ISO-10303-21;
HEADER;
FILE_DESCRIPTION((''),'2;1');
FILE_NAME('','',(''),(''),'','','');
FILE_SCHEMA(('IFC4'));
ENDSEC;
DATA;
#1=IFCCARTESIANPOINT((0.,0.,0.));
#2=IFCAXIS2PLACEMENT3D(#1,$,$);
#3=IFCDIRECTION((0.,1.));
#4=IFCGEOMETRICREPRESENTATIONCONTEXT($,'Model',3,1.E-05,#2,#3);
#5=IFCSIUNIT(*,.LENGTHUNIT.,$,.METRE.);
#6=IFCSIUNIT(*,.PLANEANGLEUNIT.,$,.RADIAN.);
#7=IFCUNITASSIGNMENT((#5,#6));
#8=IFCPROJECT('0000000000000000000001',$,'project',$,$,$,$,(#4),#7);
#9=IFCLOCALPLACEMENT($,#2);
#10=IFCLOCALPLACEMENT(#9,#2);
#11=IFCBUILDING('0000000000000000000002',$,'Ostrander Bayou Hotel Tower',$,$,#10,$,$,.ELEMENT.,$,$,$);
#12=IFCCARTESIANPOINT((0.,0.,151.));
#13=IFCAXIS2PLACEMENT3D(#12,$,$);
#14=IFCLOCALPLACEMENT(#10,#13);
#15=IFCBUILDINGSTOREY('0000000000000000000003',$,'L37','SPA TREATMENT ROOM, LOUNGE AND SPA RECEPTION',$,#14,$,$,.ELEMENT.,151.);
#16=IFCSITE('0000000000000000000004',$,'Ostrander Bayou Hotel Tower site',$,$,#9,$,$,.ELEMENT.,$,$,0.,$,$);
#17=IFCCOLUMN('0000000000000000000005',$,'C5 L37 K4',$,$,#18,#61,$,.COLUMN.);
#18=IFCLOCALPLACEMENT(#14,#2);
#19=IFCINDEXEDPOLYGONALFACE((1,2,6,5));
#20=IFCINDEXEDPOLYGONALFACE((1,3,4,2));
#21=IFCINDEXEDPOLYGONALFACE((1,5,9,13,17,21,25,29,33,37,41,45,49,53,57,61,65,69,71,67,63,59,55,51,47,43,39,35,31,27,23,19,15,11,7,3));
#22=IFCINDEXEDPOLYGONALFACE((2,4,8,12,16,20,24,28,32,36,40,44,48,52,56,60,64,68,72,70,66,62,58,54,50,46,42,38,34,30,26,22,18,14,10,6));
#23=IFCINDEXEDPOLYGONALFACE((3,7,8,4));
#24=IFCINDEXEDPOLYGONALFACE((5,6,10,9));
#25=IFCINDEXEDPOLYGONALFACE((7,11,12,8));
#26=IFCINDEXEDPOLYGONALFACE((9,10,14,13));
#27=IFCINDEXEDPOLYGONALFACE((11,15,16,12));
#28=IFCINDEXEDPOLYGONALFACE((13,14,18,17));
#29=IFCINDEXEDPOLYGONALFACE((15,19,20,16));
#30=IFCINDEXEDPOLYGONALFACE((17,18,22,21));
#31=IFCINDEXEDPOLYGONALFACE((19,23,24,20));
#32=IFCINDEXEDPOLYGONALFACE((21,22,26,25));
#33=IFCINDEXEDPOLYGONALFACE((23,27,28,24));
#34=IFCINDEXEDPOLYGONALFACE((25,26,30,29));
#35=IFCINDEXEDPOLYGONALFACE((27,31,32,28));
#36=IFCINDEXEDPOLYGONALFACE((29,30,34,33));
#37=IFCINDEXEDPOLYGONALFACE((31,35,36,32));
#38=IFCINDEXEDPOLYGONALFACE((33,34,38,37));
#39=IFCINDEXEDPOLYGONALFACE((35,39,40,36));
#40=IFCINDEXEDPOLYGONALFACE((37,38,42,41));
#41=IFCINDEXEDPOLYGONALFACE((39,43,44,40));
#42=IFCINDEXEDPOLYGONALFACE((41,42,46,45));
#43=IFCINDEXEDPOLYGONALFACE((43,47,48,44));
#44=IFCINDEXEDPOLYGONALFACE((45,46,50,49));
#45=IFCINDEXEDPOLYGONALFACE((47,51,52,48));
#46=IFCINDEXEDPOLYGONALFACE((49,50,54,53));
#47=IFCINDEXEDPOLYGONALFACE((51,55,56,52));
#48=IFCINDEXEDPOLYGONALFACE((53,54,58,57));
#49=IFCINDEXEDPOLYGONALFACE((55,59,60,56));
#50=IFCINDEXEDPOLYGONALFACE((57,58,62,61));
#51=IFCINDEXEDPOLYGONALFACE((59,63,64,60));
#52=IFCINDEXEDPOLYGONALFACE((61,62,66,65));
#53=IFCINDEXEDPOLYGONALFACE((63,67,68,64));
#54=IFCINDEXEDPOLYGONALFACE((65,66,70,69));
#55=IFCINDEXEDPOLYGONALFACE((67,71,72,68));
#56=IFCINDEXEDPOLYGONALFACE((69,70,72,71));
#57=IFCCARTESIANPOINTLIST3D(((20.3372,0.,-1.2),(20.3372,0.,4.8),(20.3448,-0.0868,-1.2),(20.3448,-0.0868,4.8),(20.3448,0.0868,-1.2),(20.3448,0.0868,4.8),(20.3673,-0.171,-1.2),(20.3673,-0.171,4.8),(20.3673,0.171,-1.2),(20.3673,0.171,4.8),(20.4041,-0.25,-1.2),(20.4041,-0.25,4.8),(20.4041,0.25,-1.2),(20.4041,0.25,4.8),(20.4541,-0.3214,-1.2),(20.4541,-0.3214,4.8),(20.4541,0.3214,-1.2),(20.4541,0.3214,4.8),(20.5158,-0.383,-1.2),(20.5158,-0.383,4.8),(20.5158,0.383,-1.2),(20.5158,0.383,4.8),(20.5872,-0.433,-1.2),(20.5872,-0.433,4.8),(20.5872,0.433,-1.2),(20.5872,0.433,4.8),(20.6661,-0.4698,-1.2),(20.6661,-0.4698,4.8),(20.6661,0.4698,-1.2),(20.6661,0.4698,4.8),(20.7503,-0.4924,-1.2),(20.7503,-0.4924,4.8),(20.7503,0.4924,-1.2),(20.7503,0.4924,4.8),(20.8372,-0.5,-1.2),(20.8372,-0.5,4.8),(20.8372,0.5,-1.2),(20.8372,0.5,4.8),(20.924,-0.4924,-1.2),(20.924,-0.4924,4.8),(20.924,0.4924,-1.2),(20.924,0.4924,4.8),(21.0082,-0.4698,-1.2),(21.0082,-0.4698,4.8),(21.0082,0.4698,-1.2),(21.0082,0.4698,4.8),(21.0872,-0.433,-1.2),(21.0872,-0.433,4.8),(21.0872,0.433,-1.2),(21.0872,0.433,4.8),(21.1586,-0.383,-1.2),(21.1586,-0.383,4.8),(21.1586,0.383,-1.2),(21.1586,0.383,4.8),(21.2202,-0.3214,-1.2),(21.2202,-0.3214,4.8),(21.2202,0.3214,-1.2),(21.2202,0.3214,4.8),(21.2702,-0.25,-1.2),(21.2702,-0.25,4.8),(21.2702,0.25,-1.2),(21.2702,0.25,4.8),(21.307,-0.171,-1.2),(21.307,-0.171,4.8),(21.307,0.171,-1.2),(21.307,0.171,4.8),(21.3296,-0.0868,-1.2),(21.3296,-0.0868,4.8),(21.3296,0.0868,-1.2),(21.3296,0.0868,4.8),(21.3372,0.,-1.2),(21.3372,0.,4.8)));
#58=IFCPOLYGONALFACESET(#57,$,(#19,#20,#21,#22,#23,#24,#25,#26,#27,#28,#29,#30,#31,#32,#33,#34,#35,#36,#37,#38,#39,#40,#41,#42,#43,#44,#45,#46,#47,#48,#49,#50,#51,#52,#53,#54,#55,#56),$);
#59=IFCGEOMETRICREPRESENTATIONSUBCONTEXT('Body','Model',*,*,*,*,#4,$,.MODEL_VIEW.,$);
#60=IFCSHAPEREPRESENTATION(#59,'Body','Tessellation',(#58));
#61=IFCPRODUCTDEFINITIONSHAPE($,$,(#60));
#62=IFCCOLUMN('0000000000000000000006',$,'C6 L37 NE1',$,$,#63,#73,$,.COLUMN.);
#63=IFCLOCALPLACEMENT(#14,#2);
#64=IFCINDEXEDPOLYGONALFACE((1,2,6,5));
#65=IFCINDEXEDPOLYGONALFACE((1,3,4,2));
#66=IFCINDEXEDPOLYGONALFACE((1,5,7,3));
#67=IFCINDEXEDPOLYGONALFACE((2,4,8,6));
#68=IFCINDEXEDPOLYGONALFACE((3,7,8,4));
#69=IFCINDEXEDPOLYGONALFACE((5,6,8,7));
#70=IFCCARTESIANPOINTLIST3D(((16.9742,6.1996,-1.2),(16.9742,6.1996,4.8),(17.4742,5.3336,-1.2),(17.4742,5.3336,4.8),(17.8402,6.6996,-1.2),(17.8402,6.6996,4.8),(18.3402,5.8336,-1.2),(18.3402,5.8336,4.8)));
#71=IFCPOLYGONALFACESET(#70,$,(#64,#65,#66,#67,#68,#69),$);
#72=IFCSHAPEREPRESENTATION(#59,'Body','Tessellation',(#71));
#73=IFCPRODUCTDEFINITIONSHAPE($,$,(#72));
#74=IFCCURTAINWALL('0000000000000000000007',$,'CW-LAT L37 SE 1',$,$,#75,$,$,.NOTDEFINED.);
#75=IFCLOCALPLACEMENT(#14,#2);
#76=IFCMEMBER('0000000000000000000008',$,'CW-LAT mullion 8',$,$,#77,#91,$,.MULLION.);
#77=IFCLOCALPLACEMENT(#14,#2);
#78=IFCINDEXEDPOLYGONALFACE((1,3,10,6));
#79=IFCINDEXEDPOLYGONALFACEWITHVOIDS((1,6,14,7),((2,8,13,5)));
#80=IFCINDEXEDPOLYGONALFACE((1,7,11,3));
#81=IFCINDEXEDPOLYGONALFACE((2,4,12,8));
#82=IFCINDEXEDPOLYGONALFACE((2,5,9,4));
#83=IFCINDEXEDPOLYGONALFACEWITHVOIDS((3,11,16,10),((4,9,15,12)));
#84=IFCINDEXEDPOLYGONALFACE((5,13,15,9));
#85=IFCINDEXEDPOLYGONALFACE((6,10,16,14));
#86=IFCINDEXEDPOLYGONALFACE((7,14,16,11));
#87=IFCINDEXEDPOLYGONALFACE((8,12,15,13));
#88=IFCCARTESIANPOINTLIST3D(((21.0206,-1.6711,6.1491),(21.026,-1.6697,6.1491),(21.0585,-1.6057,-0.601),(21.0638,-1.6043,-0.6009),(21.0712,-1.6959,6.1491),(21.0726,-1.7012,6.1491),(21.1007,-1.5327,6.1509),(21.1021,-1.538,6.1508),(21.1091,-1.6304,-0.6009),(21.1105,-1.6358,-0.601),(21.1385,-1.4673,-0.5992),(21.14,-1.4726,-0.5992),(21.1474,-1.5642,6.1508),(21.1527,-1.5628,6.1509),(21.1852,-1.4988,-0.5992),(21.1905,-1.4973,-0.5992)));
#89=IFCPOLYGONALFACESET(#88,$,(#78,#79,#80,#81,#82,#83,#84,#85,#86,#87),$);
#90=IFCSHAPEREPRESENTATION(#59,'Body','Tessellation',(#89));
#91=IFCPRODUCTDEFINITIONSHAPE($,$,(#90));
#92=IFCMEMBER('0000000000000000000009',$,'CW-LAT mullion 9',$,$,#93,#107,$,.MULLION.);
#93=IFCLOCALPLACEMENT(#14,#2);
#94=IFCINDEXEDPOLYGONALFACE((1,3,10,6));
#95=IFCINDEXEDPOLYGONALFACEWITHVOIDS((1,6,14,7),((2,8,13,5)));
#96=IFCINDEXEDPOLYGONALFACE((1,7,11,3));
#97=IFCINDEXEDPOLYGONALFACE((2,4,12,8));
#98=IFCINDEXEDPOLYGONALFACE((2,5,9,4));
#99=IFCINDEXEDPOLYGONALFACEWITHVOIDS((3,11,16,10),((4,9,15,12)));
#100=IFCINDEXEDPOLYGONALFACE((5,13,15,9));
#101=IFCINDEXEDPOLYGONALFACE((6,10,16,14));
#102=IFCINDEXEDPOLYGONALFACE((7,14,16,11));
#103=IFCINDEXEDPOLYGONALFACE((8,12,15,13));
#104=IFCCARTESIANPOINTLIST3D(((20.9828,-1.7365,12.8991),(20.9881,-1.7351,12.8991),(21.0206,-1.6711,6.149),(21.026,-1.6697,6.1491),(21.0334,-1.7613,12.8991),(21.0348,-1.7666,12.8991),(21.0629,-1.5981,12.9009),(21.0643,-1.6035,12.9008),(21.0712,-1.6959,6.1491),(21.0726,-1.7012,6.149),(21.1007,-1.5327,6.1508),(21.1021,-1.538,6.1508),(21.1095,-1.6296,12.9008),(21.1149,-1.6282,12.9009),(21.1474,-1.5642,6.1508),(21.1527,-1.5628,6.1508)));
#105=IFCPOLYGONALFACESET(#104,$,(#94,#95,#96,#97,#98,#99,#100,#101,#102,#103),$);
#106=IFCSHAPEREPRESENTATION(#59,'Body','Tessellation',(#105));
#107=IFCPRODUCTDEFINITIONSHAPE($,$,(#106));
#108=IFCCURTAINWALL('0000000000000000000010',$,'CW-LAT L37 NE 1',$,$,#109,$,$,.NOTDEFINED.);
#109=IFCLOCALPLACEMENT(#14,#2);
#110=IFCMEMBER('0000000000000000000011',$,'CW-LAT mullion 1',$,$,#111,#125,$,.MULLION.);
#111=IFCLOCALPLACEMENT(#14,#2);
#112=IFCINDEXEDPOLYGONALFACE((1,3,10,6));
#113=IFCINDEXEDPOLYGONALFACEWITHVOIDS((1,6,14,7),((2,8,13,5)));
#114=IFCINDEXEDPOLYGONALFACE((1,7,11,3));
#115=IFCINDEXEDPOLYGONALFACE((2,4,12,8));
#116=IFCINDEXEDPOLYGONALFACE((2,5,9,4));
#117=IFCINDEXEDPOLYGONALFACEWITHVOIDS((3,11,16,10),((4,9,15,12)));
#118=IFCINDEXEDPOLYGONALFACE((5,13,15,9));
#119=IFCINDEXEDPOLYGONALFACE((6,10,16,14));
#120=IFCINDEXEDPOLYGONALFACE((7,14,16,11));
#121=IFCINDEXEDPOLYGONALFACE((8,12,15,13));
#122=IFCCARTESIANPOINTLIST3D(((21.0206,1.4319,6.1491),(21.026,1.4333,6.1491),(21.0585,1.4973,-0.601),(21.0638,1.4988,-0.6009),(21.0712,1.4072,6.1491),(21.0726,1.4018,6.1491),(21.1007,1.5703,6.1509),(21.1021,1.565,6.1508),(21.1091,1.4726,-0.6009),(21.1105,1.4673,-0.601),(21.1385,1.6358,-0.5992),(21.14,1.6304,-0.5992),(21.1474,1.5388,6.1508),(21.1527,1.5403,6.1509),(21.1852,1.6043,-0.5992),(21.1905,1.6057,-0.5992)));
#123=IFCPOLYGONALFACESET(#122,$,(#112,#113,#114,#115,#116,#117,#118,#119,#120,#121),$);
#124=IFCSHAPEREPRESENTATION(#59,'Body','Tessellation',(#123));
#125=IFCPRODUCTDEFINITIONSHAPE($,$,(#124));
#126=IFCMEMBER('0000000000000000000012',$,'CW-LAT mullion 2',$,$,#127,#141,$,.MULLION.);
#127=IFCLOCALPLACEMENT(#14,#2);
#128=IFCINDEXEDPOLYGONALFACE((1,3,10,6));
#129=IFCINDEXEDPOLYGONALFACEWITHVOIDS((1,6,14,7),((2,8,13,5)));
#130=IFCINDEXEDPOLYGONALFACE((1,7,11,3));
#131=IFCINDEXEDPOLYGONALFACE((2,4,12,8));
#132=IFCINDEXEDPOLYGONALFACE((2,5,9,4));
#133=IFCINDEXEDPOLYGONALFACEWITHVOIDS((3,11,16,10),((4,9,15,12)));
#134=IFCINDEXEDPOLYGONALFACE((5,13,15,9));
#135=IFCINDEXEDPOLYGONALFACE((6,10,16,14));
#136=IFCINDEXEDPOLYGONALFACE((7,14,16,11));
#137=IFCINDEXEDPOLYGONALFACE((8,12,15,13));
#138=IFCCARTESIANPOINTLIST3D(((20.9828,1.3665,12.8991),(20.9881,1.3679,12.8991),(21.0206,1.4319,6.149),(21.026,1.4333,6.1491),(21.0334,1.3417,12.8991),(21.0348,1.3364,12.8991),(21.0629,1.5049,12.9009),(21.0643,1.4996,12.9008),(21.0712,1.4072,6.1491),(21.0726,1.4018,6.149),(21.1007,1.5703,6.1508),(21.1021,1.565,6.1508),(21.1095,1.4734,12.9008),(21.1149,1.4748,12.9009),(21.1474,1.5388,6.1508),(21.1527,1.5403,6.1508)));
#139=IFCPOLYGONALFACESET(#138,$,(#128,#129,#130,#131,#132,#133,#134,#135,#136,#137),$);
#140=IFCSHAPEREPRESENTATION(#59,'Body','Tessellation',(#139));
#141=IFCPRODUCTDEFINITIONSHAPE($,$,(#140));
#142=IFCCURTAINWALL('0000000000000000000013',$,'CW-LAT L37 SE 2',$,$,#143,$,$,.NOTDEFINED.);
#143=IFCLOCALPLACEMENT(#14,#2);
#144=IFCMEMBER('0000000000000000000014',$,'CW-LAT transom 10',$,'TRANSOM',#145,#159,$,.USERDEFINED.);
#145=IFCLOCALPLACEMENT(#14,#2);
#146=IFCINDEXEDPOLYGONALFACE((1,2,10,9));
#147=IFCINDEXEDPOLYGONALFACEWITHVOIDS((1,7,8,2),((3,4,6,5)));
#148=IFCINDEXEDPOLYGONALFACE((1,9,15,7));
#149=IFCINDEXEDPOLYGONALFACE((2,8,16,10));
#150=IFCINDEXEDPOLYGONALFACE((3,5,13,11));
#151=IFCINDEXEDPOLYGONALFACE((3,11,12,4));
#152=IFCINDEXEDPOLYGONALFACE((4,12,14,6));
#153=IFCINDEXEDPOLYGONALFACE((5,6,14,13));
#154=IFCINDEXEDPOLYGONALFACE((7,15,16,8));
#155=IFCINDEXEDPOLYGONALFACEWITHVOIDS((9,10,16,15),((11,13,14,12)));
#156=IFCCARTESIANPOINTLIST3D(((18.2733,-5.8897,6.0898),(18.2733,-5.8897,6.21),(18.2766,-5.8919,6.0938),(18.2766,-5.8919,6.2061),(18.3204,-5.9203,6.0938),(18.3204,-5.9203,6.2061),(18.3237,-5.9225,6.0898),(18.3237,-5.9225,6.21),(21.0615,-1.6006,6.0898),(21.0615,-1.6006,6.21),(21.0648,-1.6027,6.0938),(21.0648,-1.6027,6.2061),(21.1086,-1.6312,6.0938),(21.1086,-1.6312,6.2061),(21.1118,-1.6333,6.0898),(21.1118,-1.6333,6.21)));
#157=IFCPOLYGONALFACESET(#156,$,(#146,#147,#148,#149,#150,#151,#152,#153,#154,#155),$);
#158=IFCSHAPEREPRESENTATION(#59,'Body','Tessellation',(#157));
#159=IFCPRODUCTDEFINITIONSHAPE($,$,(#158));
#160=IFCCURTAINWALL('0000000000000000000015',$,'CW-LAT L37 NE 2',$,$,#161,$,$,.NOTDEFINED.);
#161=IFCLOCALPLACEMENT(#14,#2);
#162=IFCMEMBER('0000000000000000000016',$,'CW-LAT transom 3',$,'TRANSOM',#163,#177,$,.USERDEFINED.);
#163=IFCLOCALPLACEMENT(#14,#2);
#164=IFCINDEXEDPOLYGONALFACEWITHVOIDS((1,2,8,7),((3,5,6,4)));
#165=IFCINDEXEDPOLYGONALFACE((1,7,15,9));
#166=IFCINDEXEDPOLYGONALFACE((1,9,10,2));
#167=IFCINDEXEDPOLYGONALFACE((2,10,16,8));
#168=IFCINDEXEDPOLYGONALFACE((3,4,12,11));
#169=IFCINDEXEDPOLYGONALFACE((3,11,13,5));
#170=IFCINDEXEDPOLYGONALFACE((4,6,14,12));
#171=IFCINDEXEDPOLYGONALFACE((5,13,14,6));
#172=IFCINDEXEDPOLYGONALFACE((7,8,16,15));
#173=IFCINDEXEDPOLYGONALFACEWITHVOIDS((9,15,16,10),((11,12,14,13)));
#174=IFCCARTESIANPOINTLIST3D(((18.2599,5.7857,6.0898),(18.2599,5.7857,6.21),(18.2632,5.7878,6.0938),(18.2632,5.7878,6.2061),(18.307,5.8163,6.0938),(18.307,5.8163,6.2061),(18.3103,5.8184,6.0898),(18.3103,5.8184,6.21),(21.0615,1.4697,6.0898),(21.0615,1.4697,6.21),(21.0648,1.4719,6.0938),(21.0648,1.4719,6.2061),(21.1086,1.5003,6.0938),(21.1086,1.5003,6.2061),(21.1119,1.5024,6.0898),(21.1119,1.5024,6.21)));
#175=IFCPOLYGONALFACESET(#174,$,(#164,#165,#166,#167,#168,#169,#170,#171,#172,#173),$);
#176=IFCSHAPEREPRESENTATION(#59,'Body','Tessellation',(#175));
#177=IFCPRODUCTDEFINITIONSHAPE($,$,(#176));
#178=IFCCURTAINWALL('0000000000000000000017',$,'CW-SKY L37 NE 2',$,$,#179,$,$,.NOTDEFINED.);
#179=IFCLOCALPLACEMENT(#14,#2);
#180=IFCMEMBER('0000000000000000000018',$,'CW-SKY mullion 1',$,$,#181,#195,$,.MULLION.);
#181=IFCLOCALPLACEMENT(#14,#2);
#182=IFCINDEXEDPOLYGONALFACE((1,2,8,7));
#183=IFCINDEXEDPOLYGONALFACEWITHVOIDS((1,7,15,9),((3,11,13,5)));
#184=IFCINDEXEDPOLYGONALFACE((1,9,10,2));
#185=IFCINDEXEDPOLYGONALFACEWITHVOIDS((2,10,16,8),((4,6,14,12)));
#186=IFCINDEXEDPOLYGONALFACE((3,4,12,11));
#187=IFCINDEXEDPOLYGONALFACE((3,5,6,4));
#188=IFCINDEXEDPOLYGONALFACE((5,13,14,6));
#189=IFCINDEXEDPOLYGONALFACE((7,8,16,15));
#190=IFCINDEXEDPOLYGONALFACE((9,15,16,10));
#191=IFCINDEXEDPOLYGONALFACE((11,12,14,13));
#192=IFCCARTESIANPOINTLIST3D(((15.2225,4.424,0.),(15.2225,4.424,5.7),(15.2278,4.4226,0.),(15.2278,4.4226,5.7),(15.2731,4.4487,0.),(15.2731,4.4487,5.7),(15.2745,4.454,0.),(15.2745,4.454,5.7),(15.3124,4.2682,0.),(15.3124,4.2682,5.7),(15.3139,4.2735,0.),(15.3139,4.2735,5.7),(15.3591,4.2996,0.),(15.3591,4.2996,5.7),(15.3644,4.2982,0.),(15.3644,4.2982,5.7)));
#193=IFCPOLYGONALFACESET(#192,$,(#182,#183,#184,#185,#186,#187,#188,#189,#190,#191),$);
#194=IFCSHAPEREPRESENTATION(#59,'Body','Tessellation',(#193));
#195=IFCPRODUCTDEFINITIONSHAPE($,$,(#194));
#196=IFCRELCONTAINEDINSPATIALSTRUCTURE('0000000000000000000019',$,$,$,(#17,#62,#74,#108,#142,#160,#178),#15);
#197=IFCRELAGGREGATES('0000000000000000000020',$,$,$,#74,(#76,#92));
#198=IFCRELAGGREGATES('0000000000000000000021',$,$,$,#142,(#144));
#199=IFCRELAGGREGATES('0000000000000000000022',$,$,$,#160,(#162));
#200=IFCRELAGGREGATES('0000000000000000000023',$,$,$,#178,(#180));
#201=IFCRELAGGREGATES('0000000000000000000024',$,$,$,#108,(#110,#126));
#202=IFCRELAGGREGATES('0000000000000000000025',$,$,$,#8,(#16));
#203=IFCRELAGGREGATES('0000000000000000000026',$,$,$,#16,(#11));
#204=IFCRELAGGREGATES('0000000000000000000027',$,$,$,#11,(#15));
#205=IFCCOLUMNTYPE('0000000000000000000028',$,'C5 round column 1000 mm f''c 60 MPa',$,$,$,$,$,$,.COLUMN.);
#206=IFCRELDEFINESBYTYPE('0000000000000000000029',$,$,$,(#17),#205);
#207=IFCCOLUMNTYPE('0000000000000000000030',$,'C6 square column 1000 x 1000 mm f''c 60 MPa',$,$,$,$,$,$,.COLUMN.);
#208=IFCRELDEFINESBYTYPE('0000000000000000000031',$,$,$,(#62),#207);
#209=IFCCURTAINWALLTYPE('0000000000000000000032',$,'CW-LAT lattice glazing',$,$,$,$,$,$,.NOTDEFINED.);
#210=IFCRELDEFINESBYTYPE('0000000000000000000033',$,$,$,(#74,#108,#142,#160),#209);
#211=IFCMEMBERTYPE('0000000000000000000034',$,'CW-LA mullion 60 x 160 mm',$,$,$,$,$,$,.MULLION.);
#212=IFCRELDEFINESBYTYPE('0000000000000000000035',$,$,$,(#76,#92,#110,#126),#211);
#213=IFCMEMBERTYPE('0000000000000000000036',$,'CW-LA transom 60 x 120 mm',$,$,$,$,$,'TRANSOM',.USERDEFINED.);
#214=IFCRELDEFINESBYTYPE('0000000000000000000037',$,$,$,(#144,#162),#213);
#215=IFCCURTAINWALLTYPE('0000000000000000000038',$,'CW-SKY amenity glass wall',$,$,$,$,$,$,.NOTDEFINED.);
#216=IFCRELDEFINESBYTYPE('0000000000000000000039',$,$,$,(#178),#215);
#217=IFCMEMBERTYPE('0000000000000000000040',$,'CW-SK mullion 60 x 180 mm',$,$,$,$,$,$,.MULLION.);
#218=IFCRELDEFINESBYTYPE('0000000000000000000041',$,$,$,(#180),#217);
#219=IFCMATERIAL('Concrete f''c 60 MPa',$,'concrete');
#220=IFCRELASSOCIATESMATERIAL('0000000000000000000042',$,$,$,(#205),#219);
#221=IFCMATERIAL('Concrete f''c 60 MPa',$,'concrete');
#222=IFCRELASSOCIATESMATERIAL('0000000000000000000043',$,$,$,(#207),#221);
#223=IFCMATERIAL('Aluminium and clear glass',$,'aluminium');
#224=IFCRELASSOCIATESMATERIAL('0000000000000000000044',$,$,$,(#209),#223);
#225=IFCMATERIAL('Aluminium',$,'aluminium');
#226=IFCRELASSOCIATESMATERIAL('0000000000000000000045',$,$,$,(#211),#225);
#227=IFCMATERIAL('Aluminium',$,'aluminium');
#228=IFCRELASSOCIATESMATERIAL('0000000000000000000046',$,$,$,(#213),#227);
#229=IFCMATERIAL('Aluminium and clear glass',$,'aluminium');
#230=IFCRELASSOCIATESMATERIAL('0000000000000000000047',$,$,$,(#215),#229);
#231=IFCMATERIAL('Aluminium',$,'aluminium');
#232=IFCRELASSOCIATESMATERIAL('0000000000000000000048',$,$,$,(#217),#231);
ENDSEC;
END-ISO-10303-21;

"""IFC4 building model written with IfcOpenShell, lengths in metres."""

from ifc_helpers import new_model, si_unit, direction, frame, origin, origin_2d, place, context, subcontext, project, spatial, rectangle, hollow_rectangle, circle, extrude, material, material_profile, profile_set, type_object, element, aggregate, save


model = new_model("IFC4")

# Units and contexts
model_context = context("Model", 3, precision=1e-05, world=origin(), true_north=direction((0.0, 1.0)))
body_context = subcontext(model_context, "Body", "Model", "MODEL_VIEW")
ifc_project = project(units=[si_unit("LENGTHUNIT", "METRE"), si_unit("PLANEANGLEUNIT", "RADIAN")], contexts=[model_context])

# Site, building, storey
site_placement = place(None, origin())
site = spatial("IfcSite", under=ifc_project, at=site_placement, Name="Ostrander Bayou Hotel Tower site", CompositionType="ELEMENT", RefElevation=0.0)
building_placement = place(site_placement, origin())
building = spatial("IfcBuilding", under=site, at=building_placement, Name="Ostrander Bayou Hotel Tower", CompositionType="ELEMENT")
storey_placement = place(building_placement, frame((0.0, 0.0, 151.0)))
storey = spatial("IfcBuildingStorey", under=building, at=storey_placement, Name="L37", Description="SPA TREATMENT ROOM, LOUNGE AND SPA RECEPTION", CompositionType="ELEMENT", Elevation=151.0)

# Columns
ifc_material_1 = material(Name="Concrete f'c 60 MPa", Category="concrete")
ifc_material_profile_1 = material_profile(ifc_material_1, circle(Radius=0.5, at=origin_2d()))
ifc_profile_set_1 = profile_set([ifc_material_profile_1], Name="Concrete f'c 60 MPa")
column_type_1 = type_object("IfcColumnType", Name="C5 round column 1000 mm f'c 60 MPa", PredefinedType="COLUMN", material=ifc_profile_set_1)
column_1_placement = place(storey_placement, frame((20.8372, 0.0, -1.2), z_axis=(0.0, 0.0, 1.0), x_axis=(1.0, 0.0, 0.0)))
element("IfcColumn", 1, at=column_1_placement, inside=storey, type_object=column_type_1, Name="C5 L37 K4", PredefinedType="COLUMN", context=body_context, shape_type="SweptSolid", body=[
    extrude(circle(Radius=0.5, at=origin_2d()), origin(), (0.0, 0.0, 1.0), 6.0),
])
ifc_material_2 = material(Name="Concrete f'c 60 MPa", Category="concrete")
ifc_material_profile_2 = material_profile(ifc_material_2, rectangle(XDim=1.0, YDim=1.0, at=origin_2d()))
ifc_profile_set_2 = profile_set([ifc_material_profile_2], Name="Concrete f'c 60 MPa")
column_type_2 = type_object("IfcColumnType", Name="C6 square column 1000 x 1000 mm f'c 60 MPa", PredefinedType="COLUMN", material=ifc_profile_set_2)
column_2_placement = place(storey_placement, frame((17.6572, 6.0166, -1.2), z_axis=(0.0, 0.0, 1.0), x_axis=(0.5, -0.866025, 0.0)))
element("IfcColumn", 2, at=column_2_placement, inside=storey, type_object=column_type_2, Name="C6 L37 NE1", PredefinedType="COLUMN", context=body_context, shape_type="SweptSolid", body=[
    extrude(rectangle(XDim=1.0, YDim=1.0, at=origin_2d()), origin(), (0.0, 0.0, 1.0), 6.0),
])

# Curtain walls, members
ifc_material_3 = material(Name="Aluminium and clear glass", Category="aluminium")
curtain_wall_type_1 = type_object("IfcCurtainWallType", Name="CW-LAT lattice glazing", PredefinedType="NOTDEFINED", material=ifc_material_3)
curtain_wall_1_placement = place(storey_placement, origin())
curtain_wall_1 = element("IfcCurtainWall", 3, at=curtain_wall_1_placement, inside=storey, type_object=curtain_wall_type_1, Name="CW-LAT L37 SE 1", PredefinedType="NOTDEFINED")
ifc_material_4 = material(Name="Aluminium", Category="aluminium")
ifc_material_profile_3 = material_profile(ifc_material_4, hollow_rectangle(XDim=0.0601, YDim=0.1599, WallThickness=0.0039, at=origin_2d()))
ifc_profile_set_3 = profile_set([ifc_material_profile_3], Name="Aluminium")
member_type_1 = type_object("IfcMemberType", Name="CW-LA mullion 60 x 160 mm", PredefinedType="MULLION", material=ifc_profile_set_3)
member_1_placement = place(storey_placement, frame((21.1245, -1.5515, -0.6001), z_axis=(-0.005606, -0.009693, 0.999937), x_axis=(0.865647, -0.500654, 0.0)))
member_1 = element("IfcMember", 4, at=member_1_placement, type_object=member_type_1, Name="CW-LAT mullion 8", PredefinedType="MULLION", context=body_context, shape_type="SweptSolid", body=[
    extrude(hollow_rectangle(XDim=0.0601, YDim=0.1599, WallThickness=0.0039, at=origin_2d()), origin(), (0.0, 0.0, 1.0), 6.7505),
])
member_2_placement = place(storey_placement, frame((21.0867, -1.6169, 6.1499), z_axis=(-0.005606, -0.009693, 0.999937), x_axis=(0.865647, -0.500654, 0.0)))
member_2 = element("IfcMember", 5, at=member_2_placement, type_object=member_type_1, Name="CW-LAT mullion 9", PredefinedType="MULLION", context=body_context, shape_type="SweptSolid", body=[
    extrude(hollow_rectangle(XDim=0.0601, YDim=0.1599, WallThickness=0.0039, at=origin_2d()), origin(), (0.0, 0.0, 1.0), 6.7505),
])
aggregate(curtain_wall_1, [member_1, member_2])
curtain_wall_2_placement = place(storey_placement, origin())
curtain_wall_2 = element("IfcCurtainWall", 6, at=curtain_wall_2_placement, inside=storey, type_object=curtain_wall_type_1, Name="CW-LAT L37 NE 1", PredefinedType="NOTDEFINED")
member_3_placement = place(storey_placement, frame((21.1245, 1.5515, -0.6001), z_axis=(-0.005606, -0.009693, 0.999937), x_axis=(0.865647, -0.500654, 0.0)))
member_3 = element("IfcMember", 7, at=member_3_placement, type_object=member_type_1, Name="CW-LAT mullion 1", PredefinedType="MULLION", context=body_context, shape_type="SweptSolid", body=[
    extrude(hollow_rectangle(XDim=0.0601, YDim=0.1599, WallThickness=0.0039, at=origin_2d()), origin(), (0.0, 0.0, 1.0), 6.7505),
])
member_4_placement = place(storey_placement, frame((21.0867, 1.4861, 6.1499), z_axis=(-0.005606, -0.009693, 0.999937), x_axis=(0.865647, -0.500654, 0.0)))
member_4 = element("IfcMember", 8, at=member_4_placement, type_object=member_type_1, Name="CW-LAT mullion 2", PredefinedType="MULLION", context=body_context, shape_type="SweptSolid", body=[
    extrude(hollow_rectangle(XDim=0.0601, YDim=0.1599, WallThickness=0.0039, at=origin_2d()), origin(), (0.0, 0.0, 1.0), 6.7505),
])

# Curtain walls, members
curtain_wall_3_placement = place(storey_placement, origin())
curtain_wall_3 = element("IfcCurtainWall", 9, at=curtain_wall_3_placement, inside=storey, type_object=curtain_wall_type_1, Name="CW-LAT L37 SE 2", PredefinedType="NOTDEFINED")
ifc_material_5 = material(Name="Aluminium", Category="aluminium")
ifc_material_profile_4 = material_profile(ifc_material_5, hollow_rectangle(XDim=0.0601, YDim=0.1201, WallThickness=0.0039, at=origin_2d()))
ifc_profile_set_4 = profile_set([ifc_material_profile_4], Name="Aluminium")
member_type_2 = type_object("IfcMemberType", Name="CW-LA transom 60 x 120 mm", ElementType="TRANSOM", PredefinedType="USERDEFINED", material=ifc_profile_set_4)
member_5_placement = place(storey_placement, frame((21.0867, -1.6169, 6.1499), z_axis=(-0.545015, -0.838426, 0.0), x_axis=(0.838426, -0.545015, 0.0)))
member_5 = element("IfcMember", 10, at=member_5_placement, type_object=member_type_2, Name="CW-LAT transom 10", ObjectType="TRANSOM", PredefinedType="USERDEFINED", context=body_context, shape_type="SweptSolid", body=[
    extrude(hollow_rectangle(XDim=0.0601, YDim=0.1201, WallThickness=0.0039, at=origin_2d()), origin(), (0.0, 0.0, 1.0), 5.1157),
])
aggregate(curtain_wall_3, [member_5])
curtain_wall_4_placement = place(storey_placement, origin())
curtain_wall_4 = element("IfcCurtainWall", 11, at=curtain_wall_4_placement, inside=storey, type_object=curtain_wall_type_1, Name="CW-LAT L37 NE 2", PredefinedType="NOTDEFINED")
member_6_placement = place(storey_placement, frame((21.0867, 1.4861, 6.1499), z_axis=(-0.544465, 0.838784, 0.0), x_axis=(-0.838784, -0.544465, 0.0)))
member_6 = element("IfcMember", 12, at=member_6_placement, type_object=member_type_2, Name="CW-LAT transom 3", ObjectType="TRANSOM", PredefinedType="USERDEFINED", context=body_context, shape_type="SweptSolid", body=[
    extrude(hollow_rectangle(XDim=0.0601, YDim=0.1201, WallThickness=0.0039, at=origin_2d()), origin(), (0.0, 0.0, 1.0), 5.1455),
])
aggregate(curtain_wall_4, [member_6])

# Curtain wall, member
ifc_material_6 = material(Name="Aluminium and clear glass", Category="aluminium")
curtain_wall_type_2 = type_object("IfcCurtainWallType", Name="CW-SKY amenity glass wall", PredefinedType="NOTDEFINED", material=ifc_material_6)
curtain_wall_5_placement = place(storey_placement, origin())
curtain_wall_5 = element("IfcCurtainWall", 13, at=curtain_wall_5_placement, inside=storey, type_object=curtain_wall_type_2, Name="CW-SKY L37 NE 2", PredefinedType="NOTDEFINED")
ifc_material_7 = material(Name="Aluminium", Category="aluminium")
ifc_material_profile_5 = material_profile(ifc_material_7, hollow_rectangle(XDim=0.0601, YDim=0.1799, WallThickness=0.0039, at=origin_2d()))
ifc_profile_set_5 = profile_set([ifc_material_profile_5], Name="Aluminium")
member_type_3 = type_object("IfcMemberType", Name="CW-SK mullion 60 x 180 mm", PredefinedType="MULLION", material=ifc_profile_set_5)
member_7_placement = place(storey_placement, frame((15.2935, 4.3611, 0.0), z_axis=(0.0, 0.0, 1.0), x_axis=(-0.866025, -0.5, 0.0)))
member_7 = element("IfcMember", 14, at=member_7_placement, type_object=member_type_3, Name="CW-SKY mullion 1", PredefinedType="MULLION", context=body_context, shape_type="SweptSolid", body=[
    extrude(hollow_rectangle(XDim=0.0601, YDim=0.1799, WallThickness=0.0039, at=origin_2d()), origin(), (0.0, 0.0, 1.0), 5.7),
])
aggregate(curtain_wall_5, [member_7])

aggregate(curtain_wall_2, [member_3, member_4])

save(model, "model.ifc")
